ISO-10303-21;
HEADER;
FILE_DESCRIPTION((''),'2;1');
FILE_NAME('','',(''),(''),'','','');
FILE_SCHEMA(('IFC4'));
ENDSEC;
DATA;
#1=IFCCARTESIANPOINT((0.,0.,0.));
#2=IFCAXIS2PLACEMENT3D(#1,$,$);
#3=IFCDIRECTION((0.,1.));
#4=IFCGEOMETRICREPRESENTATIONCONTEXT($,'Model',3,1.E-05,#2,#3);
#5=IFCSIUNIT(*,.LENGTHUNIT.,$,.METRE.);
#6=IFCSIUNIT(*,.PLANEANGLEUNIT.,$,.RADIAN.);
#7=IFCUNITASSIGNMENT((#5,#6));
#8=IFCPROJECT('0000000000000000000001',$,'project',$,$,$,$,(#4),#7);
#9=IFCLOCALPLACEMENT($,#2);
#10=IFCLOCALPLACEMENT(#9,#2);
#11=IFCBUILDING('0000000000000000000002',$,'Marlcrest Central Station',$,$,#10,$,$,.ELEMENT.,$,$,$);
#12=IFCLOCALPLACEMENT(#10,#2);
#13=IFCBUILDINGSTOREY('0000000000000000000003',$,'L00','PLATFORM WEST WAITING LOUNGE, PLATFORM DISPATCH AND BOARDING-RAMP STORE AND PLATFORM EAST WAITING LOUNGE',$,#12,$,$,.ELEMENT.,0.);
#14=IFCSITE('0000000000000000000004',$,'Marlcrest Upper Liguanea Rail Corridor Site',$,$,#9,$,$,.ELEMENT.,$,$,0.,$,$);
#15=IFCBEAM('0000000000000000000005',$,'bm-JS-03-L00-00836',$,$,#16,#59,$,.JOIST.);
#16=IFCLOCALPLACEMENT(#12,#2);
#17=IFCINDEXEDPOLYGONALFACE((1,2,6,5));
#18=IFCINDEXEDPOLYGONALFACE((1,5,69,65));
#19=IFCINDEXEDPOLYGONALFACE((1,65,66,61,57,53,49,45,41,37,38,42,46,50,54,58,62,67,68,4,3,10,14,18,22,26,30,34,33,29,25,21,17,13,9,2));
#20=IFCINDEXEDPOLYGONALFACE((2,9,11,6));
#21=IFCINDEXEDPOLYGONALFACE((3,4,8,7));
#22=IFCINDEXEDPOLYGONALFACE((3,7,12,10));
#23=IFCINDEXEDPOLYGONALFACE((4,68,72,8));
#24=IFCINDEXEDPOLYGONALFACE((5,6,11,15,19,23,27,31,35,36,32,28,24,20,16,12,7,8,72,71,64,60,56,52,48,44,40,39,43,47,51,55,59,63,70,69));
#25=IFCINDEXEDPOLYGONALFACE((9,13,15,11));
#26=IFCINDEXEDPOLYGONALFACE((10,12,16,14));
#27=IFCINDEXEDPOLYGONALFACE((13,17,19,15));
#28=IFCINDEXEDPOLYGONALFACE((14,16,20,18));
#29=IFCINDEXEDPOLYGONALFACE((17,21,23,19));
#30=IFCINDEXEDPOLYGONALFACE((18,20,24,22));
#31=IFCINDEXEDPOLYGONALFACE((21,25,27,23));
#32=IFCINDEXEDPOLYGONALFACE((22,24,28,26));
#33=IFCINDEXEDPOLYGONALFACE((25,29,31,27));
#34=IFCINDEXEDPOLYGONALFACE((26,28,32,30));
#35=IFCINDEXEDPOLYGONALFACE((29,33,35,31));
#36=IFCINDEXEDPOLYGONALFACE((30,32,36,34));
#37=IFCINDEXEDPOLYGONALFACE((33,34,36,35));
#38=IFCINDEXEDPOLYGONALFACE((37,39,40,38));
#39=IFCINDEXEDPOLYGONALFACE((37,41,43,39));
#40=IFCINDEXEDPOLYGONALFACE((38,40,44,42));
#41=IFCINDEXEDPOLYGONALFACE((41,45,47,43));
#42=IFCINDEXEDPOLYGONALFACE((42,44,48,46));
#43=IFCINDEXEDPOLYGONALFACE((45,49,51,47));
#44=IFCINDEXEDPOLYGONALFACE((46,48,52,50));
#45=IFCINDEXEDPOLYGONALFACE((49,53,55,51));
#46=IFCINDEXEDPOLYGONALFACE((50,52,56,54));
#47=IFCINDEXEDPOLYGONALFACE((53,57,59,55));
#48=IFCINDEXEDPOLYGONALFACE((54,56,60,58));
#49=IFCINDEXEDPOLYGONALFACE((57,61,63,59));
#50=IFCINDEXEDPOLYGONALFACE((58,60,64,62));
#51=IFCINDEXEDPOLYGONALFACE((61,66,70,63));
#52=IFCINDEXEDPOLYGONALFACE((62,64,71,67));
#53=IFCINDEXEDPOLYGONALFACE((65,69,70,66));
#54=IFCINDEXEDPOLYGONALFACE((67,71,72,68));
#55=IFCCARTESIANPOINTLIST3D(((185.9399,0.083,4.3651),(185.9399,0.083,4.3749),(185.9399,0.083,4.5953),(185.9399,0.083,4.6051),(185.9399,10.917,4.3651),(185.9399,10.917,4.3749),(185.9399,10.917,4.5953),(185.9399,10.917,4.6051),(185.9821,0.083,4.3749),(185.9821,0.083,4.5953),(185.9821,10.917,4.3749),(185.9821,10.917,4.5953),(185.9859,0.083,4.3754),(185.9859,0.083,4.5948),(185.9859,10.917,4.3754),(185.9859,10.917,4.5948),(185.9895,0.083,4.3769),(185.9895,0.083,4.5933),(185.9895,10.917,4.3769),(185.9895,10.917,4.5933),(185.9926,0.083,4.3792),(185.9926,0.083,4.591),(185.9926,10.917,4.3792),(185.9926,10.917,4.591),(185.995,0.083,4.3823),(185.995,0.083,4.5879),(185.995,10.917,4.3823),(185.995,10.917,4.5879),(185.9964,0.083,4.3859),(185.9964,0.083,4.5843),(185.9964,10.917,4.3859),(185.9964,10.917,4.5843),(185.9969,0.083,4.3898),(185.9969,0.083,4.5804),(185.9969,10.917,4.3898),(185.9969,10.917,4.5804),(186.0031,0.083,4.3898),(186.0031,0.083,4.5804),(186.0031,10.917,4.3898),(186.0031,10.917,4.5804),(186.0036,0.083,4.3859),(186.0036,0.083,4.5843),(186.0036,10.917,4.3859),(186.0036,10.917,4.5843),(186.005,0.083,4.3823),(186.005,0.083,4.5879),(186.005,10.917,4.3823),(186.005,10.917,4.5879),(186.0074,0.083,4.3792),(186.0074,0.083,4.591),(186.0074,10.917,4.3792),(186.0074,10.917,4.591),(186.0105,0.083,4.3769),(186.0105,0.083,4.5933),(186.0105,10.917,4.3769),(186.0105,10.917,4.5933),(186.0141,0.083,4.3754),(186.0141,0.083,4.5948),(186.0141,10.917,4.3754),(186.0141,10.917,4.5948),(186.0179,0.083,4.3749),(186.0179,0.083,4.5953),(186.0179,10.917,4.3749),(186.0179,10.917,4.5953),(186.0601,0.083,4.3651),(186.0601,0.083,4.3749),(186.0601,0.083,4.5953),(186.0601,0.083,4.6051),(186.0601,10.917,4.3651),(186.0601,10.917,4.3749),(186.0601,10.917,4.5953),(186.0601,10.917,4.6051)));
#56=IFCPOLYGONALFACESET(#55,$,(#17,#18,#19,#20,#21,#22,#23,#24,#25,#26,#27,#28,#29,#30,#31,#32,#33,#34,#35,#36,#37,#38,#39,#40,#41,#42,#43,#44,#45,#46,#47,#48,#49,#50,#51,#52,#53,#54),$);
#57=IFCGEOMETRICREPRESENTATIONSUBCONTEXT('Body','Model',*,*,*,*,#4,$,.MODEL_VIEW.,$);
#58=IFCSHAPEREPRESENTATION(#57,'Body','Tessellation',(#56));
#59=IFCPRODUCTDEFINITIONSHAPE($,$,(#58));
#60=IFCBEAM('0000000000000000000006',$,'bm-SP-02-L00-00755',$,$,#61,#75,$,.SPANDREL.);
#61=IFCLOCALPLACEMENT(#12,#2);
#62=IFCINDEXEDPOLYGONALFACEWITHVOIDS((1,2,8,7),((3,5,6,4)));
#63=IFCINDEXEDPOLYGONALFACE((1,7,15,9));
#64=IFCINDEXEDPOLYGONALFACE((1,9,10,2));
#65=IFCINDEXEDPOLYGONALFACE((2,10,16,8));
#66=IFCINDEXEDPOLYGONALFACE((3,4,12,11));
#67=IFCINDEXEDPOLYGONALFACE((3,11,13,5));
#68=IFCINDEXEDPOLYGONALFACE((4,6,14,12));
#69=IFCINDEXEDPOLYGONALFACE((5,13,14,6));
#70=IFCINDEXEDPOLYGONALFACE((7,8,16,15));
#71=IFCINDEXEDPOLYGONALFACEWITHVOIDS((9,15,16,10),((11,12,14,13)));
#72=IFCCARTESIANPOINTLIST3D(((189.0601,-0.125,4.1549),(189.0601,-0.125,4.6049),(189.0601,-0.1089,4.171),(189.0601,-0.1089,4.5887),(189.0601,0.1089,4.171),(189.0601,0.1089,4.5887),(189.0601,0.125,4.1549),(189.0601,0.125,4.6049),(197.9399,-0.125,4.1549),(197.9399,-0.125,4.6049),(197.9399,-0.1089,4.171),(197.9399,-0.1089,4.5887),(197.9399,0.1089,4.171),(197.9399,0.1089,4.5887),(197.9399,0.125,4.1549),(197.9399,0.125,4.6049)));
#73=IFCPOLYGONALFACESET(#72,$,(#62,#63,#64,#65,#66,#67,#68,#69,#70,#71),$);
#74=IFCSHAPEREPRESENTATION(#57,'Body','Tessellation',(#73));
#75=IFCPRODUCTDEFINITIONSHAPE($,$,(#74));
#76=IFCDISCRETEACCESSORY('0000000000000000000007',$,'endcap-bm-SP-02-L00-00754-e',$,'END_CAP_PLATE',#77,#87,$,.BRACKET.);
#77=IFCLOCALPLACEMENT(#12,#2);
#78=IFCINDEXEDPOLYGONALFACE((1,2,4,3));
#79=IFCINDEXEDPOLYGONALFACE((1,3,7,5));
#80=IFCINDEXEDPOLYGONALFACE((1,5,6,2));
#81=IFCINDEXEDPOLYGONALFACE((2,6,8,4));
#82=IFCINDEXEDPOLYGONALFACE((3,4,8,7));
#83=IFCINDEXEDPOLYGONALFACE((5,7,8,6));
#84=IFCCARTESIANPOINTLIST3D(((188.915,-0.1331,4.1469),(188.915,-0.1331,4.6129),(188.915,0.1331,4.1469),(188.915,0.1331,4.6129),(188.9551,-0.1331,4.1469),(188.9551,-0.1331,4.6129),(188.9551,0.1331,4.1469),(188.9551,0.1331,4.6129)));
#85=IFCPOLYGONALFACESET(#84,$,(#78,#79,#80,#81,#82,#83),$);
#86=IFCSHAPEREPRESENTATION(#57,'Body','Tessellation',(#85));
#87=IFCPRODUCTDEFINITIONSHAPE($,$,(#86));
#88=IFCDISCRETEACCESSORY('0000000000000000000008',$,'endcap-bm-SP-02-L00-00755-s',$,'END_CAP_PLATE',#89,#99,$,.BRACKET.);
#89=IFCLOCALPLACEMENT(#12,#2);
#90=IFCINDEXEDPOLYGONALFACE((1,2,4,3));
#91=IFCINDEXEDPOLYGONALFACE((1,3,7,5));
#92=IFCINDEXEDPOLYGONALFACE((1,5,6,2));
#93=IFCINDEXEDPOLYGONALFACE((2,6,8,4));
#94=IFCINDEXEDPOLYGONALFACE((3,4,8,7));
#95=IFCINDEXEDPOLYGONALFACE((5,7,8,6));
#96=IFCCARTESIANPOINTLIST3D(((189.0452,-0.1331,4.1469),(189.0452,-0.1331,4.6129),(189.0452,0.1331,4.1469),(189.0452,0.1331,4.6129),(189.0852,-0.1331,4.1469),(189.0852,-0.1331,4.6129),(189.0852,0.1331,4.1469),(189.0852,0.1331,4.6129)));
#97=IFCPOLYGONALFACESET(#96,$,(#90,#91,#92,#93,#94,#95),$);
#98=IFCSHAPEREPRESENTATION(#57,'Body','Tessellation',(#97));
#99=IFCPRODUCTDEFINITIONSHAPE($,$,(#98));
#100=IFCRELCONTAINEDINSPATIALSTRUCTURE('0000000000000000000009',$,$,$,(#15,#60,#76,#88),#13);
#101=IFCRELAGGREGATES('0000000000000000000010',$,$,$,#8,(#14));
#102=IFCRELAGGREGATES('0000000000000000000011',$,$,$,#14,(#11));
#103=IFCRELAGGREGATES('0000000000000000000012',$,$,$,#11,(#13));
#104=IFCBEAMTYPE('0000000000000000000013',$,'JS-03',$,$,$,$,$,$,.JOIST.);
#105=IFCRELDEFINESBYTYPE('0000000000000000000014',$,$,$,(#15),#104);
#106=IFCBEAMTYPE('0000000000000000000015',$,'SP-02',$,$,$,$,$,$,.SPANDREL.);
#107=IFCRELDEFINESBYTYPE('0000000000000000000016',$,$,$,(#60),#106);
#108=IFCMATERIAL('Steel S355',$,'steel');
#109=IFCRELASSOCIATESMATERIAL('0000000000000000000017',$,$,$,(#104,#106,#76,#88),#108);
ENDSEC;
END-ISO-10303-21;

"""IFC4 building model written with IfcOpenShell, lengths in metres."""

from ifc_helpers import new_model, si_unit, direction, frame, origin, origin_2d, place, context, subcontext, project, spatial, rectangle, hollow_rectangle, i_section, extrude, material, material_profile, profile_set, type_object, element, save


model = new_model("IFC4")

# Units and contexts
model_context = context("Model", 3, precision=1e-05, world=origin(), true_north=direction((0.0, 1.0)))
body_context = subcontext(model_context, "Body", "Model", "MODEL_VIEW")
ifc_project = project(units=[si_unit("LENGTHUNIT", "METRE"), si_unit("PLANEANGLEUNIT", "RADIAN")], contexts=[model_context])

# Site, building, storey
site_placement = place(None, origin())
site = spatial("IfcSite", under=ifc_project, at=site_placement, Name="Marlcrest Upper Liguanea Rail Corridor Site", CompositionType="ELEMENT", RefElevation=0.0)
building_placement = place(site_placement, origin())
building = spatial("IfcBuilding", under=site, at=building_placement, Name="Marlcrest Central Station", CompositionType="ELEMENT")
storey_placement = place(building_placement, origin())
storey = spatial("IfcBuildingStorey", under=building, at=storey_placement, Name="L00", Description="PLATFORM WEST WAITING LOUNGE, PLATFORM DISPATCH AND BOARDING-RAMP STORE AND PLATFORM EAST WAITING LOUNGE", CompositionType="ELEMENT", Elevation=0.0)

# Beams
ifc_material_1 = material(Name="Steel S355", Category="steel")
ifc_material_profile_1 = material_profile(ifc_material_1, i_section(OverallWidth=0.1201, OverallDepth=0.24, WebThickness=0.0061, FlangeThickness=0.0098, FilletRadius=0.0149, at=origin_2d()), Name="IPE 240")
ifc_profile_set_1 = profile_set([ifc_material_profile_1], Name="Steel S355")
beam_type_1 = type_object("IfcBeamType", Name="JS-03", PredefinedType="JOIST", material=ifc_profile_set_1)
beam_1_placement = place(storey_placement, frame((186.0, 0.083, 4.4851), z_axis=(0.0, 1.0, 0.0), x_axis=(-1.0, 0.0, 0.0)))
element("IfcBeam", 1, at=beam_1_placement, inside=storey, type_object=beam_type_1, Name="bm-JS-03-L00-00836", PredefinedType="JOIST", context=body_context, shape_type="SweptSolid", body=[
    extrude(i_section(OverallWidth=0.1201, OverallDepth=0.24, WebThickness=0.0061, FlangeThickness=0.0098, FilletRadius=0.0149, at=origin_2d()), origin(), (0.0, 0.0, 1.0), 10.834),
])
ifc_material_profile_2 = material_profile(ifc_material_1, hollow_rectangle(XDim=0.25, YDim=0.45, WallThickness=0.0161, at=origin_2d()), Name="RHS 450x250x16")
ifc_profile_set_2 = profile_set([ifc_material_profile_2], Name="Steel S355")
beam_type_2 = type_object("IfcBeamType", Name="SP-02", PredefinedType="SPANDREL", material=ifc_profile_set_2)
beam_2_placement = place(storey_placement, frame((189.0601, 0.0, 4.3799), z_axis=(1.0, 0.0, 0.0), x_axis=(0.0, 1.0, 0.0)))
element("IfcBeam", 2, at=beam_2_placement, inside=storey, type_object=beam_type_2, Name="bm-SP-02-L00-00755", PredefinedType="SPANDREL", context=body_context, shape_type="SweptSolid", body=[
    extrude(hollow_rectangle(XDim=0.25, YDim=0.45, WallThickness=0.0161, at=origin_2d()), origin(), (0.0, 0.0, 1.0), 8.8799),
])

# Discrete accessories
for number, where, z_axis, x_axis, name in (
    (3, (188.915, 0.0, 4.3799), (1.0, 0.0, 0.0), (0.0, 1.0, 0.0), "endcap-bm-SP-02-L00-00754-e"),
    (4, (189.0452, 0.0, 4.3799), (1.0, 0.0, 0.0), (0.0, 1.0, 0.0), "endcap-bm-SP-02-L00-00755-s"),
):
    element("IfcDiscreteAccessory", number, at=place(storey_placement, frame(where, z_axis=z_axis, x_axis=x_axis)), inside=storey, material=ifc_material_1, Name=name, ObjectType="END_CAP_PLATE", PredefinedType="BRACKET", context=body_context, shape_type="SweptSolid", body=[
        extrude(rectangle(XDim=0.2661, YDim=0.4661, at=origin_2d()), origin(), (0.0, 0.0, 1.0), 0.04),
    ])

save(model, "model.ifc")
